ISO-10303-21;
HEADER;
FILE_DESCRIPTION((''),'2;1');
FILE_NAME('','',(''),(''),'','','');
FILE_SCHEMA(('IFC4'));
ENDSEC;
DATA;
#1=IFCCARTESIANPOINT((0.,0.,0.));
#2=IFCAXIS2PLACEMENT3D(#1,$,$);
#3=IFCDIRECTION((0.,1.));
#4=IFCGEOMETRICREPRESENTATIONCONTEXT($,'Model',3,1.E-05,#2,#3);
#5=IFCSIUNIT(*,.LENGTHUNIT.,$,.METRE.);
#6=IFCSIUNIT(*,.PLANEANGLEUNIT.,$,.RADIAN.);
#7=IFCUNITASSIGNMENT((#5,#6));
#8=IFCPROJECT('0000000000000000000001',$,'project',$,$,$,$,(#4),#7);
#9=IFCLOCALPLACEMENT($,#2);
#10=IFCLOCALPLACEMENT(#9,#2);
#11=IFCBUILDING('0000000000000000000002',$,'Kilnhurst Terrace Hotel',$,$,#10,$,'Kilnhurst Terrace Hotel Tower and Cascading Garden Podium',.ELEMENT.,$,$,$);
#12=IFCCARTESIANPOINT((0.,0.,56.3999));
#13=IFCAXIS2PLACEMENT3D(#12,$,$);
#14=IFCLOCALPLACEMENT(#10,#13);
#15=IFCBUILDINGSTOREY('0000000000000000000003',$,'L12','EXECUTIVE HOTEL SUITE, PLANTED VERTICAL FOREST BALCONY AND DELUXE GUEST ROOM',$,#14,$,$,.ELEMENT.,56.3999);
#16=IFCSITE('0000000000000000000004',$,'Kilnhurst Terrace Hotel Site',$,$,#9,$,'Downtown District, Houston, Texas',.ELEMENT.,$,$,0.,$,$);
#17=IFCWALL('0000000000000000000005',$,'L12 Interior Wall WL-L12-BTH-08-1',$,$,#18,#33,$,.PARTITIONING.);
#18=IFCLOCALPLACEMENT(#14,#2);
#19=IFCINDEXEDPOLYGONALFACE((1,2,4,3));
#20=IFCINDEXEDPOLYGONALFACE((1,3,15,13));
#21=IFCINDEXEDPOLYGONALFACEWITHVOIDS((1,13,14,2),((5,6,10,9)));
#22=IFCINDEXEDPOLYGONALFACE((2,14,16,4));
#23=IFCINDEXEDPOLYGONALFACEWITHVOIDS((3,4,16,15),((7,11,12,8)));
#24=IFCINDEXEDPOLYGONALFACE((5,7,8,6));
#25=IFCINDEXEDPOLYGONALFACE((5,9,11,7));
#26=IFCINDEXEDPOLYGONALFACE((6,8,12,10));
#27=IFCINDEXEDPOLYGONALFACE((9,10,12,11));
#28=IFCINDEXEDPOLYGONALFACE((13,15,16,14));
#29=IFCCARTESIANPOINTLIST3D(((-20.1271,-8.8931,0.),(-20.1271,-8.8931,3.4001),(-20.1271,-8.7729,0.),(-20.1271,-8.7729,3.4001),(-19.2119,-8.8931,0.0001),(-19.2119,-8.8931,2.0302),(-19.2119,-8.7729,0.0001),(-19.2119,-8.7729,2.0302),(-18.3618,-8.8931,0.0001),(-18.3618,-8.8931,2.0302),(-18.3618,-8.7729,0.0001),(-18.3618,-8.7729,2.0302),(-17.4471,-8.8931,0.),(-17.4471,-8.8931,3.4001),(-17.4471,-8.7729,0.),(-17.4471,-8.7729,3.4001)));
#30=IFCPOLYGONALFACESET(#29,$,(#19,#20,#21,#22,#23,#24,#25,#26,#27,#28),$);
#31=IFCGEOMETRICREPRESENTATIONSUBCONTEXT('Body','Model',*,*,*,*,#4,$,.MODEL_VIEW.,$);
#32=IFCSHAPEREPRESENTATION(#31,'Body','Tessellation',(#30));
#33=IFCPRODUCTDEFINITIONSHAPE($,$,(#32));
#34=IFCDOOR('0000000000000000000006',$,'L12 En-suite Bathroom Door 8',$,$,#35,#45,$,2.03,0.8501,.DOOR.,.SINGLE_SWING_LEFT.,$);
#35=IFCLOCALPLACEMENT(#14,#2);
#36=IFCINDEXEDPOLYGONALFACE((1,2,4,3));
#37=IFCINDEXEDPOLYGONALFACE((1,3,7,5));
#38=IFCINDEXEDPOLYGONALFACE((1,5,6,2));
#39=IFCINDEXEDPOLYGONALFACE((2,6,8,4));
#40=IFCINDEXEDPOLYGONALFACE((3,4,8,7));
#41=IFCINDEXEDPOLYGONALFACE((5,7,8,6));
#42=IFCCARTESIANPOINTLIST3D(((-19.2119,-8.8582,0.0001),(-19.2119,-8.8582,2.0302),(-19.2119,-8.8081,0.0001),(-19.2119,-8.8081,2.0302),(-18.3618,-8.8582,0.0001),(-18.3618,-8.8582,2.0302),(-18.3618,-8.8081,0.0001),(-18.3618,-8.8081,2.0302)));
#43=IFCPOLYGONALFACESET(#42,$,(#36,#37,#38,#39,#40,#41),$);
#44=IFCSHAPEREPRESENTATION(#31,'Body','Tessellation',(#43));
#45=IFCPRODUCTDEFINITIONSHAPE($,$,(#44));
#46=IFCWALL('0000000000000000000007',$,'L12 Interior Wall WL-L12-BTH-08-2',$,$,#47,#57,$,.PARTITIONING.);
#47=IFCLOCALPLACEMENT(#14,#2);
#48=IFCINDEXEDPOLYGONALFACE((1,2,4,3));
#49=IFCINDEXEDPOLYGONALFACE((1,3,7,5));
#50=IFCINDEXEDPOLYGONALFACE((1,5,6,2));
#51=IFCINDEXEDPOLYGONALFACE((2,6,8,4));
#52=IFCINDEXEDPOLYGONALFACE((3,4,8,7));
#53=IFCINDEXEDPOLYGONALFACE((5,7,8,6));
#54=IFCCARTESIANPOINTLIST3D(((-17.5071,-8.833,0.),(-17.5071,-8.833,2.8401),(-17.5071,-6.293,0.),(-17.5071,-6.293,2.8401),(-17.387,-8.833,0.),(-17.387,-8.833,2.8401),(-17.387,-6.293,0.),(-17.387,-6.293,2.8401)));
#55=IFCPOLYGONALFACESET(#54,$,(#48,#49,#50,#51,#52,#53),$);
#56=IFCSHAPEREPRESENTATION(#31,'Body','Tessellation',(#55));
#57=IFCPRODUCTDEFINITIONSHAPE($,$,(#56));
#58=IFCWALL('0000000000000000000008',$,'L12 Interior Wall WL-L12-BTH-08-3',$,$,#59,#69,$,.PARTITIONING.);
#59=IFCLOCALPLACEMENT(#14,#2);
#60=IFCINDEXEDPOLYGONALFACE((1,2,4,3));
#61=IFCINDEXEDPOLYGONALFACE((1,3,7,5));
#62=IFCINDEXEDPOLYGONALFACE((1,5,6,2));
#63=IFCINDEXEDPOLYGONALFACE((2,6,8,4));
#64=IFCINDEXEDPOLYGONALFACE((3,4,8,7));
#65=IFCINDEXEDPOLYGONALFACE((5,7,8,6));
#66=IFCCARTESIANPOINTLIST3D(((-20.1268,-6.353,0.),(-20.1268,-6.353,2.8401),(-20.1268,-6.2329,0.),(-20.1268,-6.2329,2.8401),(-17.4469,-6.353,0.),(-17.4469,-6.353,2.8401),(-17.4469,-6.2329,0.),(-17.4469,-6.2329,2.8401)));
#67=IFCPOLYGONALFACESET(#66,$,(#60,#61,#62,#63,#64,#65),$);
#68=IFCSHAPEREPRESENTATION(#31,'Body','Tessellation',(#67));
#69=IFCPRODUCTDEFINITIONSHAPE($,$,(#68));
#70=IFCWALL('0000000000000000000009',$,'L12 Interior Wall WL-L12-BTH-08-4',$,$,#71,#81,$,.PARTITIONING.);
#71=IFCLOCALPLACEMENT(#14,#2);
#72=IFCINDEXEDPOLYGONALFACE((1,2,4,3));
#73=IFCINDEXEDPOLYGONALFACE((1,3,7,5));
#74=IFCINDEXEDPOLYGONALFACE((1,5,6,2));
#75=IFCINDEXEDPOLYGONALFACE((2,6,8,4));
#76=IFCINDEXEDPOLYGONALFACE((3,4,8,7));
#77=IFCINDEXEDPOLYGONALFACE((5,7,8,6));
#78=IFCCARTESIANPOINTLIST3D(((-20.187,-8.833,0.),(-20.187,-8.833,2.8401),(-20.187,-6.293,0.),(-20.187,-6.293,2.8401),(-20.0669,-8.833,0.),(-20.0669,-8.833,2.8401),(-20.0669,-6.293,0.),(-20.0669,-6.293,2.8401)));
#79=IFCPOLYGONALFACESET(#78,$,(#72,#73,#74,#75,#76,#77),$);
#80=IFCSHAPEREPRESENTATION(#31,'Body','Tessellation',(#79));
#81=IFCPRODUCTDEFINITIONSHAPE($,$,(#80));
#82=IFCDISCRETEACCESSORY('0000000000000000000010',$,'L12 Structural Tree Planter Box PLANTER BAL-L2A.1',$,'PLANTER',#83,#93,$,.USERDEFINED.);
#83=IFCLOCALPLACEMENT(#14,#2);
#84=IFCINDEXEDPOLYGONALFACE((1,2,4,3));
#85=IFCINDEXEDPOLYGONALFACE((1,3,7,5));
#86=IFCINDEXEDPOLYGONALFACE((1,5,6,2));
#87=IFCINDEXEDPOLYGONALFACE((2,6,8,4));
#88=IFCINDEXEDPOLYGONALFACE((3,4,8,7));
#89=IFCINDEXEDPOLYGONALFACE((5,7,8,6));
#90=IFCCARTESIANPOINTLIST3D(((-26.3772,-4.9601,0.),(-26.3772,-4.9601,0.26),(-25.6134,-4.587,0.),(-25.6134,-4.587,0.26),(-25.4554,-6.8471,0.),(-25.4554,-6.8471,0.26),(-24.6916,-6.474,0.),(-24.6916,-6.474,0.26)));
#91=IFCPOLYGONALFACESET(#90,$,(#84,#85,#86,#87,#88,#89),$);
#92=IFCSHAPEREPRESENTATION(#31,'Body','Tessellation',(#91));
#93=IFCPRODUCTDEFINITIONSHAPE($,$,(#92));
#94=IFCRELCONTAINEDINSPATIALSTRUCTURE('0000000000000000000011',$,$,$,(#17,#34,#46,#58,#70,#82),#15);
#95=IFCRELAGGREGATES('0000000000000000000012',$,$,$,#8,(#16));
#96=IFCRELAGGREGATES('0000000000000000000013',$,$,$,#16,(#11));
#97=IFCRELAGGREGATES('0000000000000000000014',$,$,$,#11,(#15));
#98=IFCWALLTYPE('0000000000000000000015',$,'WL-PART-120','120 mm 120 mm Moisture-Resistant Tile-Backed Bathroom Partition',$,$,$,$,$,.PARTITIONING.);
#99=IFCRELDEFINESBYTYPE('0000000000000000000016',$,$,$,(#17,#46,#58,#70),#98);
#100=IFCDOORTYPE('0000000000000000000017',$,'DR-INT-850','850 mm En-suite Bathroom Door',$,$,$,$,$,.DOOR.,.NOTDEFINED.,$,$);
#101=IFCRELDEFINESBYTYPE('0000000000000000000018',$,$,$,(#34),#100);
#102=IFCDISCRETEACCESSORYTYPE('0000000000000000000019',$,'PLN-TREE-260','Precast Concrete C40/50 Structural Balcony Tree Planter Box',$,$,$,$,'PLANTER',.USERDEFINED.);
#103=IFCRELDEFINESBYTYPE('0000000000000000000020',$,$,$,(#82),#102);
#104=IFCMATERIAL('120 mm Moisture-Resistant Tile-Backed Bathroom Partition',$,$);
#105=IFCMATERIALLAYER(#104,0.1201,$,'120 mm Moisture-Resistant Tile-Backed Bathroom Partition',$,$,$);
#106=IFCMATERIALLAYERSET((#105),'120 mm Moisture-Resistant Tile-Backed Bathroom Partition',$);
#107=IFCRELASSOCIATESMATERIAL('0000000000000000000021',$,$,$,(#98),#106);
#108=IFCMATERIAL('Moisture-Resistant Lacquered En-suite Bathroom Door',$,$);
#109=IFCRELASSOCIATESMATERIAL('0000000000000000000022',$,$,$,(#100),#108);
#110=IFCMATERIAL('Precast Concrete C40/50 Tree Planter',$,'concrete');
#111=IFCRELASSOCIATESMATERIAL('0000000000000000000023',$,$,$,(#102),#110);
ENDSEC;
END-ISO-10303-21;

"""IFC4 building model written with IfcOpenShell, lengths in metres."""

from ifc_helpers import new_model, si_unit, direction, frame, frame_2d, origin, origin_2d, place, context, subcontext, project, spatial, rectangle, extrude, material, layer, layer_set, type_object, element, fill, save


model = new_model("IFC4")

# Units and contexts
model_context = context("Model", 3, precision=1e-05, world=origin(), true_north=direction((0.0, 1.0)))
body_context = subcontext(model_context, "Body", "Model", "MODEL_VIEW")
ifc_project = project(units=[si_unit("LENGTHUNIT", "METRE"), si_unit("PLANEANGLEUNIT", "RADIAN")], contexts=[model_context])

# Site, building, storey
site_placement = place(None, origin())
site = spatial("IfcSite", under=ifc_project, at=site_placement, Name="Kilnhurst Terrace Hotel Site", LongName="Downtown District, Houston, Texas", CompositionType="ELEMENT", RefElevation=0.0)
building_placement = place(site_placement, origin())
building = spatial("IfcBuilding", under=site, at=building_placement, Name="Kilnhurst Terrace Hotel", LongName="Kilnhurst Terrace Hotel Tower and Cascading Garden Podium", CompositionType="ELEMENT")
storey_placement = place(building_placement, frame((0.0, 0.0, 56.3999)))
storey = spatial("IfcBuildingStorey", under=building, at=storey_placement, Name="L12", Description="EXECUTIVE HOTEL SUITE, PLANTED VERTICAL FOREST BALCONY AND DELUXE GUEST ROOM", CompositionType="ELEMENT", Elevation=56.3999)

# Shared definitions
ifc_material_1 = material(Name="120 mm Moisture-Resistant Tile-Backed Bathroom Partition")
ifc_layer_1 = layer(ifc_material_1, 0.1201, Name="120 mm Moisture-Resistant Tile-Backed Bathroom Partition")
ifc_layer_set_1 = layer_set([ifc_layer_1], Name="120 mm Moisture-Resistant Tile-Backed Bathroom Partition")
wall_type_1 = type_object("IfcWallType", Name="WL-PART-120", Description="120 mm 120 mm Moisture-Resistant Tile-Backed Bathroom Partition", PredefinedType="PARTITIONING", material=ifc_layer_set_1)
ifc_material_2 = material(Name="Moisture-Resistant Lacquered En-suite Bathroom Door")
door_type_1 = type_object("IfcDoorType", Name="DR-INT-850", Description="850 mm En-suite Bathroom Door", OperationType="NOTDEFINED", PredefinedType="DOOR", material=ifc_material_2)

# Wall, opening, door
wall_1_placement = place(storey_placement, frame((-20.127, -8.833, 0.0), z_axis=(0.0, 0.0, 1.0), x_axis=(1.0, 0.0, 0.0)))
wall_1 = element("IfcWall", 1, at=wall_1_placement, inside=storey, type_object=wall_type_1, Name="L12 Interior Wall WL-L12-BTH-08-1", PredefinedType="PARTITIONING", context=body_context, shape_type="SweptSolid", body=[
    extrude(rectangle(XDim=2.6799, YDim=0.1201, at=frame_2d((1.3398, 0.0))), origin(), (0.0, 0.0, 1.0), 3.4001),
])
opening_1_placement = place(wall_1_placement, frame((0.915, 0.0, 0.0)))
opening_1 = element("IfcOpeningElement", 2, at=opening_1_placement, cuts=wall_1, PredefinedType="OPENING", context=body_context, shape_type="SweptSolid", body=[
    extrude(rectangle(XDim=0.8501, YDim=2.03, at=frame_2d((0.425, 1.0151))), frame((0.0, 0.0701, 0.0), z_axis=(0.0, -1.0, 0.0), x_axis=(1.0, 0.0, 0.0)), (0.0, 0.0, 1.0), 0.1401),
])
door_1_placement = place(opening_1_placement, origin())
door_1 = element("IfcDoor", 3, at=door_1_placement, inside=storey, type_object=door_type_1, Name="L12 En-suite Bathroom Door 8", OperationType="SINGLE_SWING_LEFT", OverallHeight=2.03, OverallWidth=0.8501, PredefinedType="DOOR", context=body_context, shape_type="SweptSolid", body=[
    extrude(rectangle(XDim=0.8501, YDim=2.03, at=frame_2d((0.425, 1.0151))), frame((0.0, 0.0249, 0.0), z_axis=(0.0, -1.0, 0.0), x_axis=(1.0, 0.0, 0.0)), (0.0, 0.0, 1.0), 0.05),
])
fill(opening_1, door_1)

# Walls
wall_2_placement = place(storey_placement, frame((-17.447, -8.833, 0.0), z_axis=(0.0, 0.0, 1.0), x_axis=(0.0, 1.0, 0.0)))
element("IfcWall", 4, at=wall_2_placement, inside=storey, type_object=wall_type_1, Name="L12 Interior Wall WL-L12-BTH-08-2", PredefinedType="PARTITIONING", context=body_context, shape_type="SweptSolid", body=[
    extrude(rectangle(XDim=2.54, YDim=0.1201, at=frame_2d((1.27, 0.0))), origin(), (0.0, 0.0, 1.0), 2.8401),
])
wall_3_placement = place(storey_placement, frame((-17.447, -6.293, 0.0), z_axis=(0.0, 0.0, 1.0), x_axis=(-1.0, 0.0, 0.0)))
element("IfcWall", 5, at=wall_3_placement, inside=storey, type_object=wall_type_1, Name="L12 Interior Wall WL-L12-BTH-08-3", PredefinedType="PARTITIONING", context=body_context, shape_type="SweptSolid", body=[
    extrude(rectangle(XDim=2.6799, YDim=0.1201, at=frame_2d((1.3398, 0.0))), origin(), (0.0, 0.0, 1.0), 2.8401),
])
wall_4_placement = place(storey_placement, frame((-20.127, -6.293, 0.0), z_axis=(0.0, 0.0, 1.0), x_axis=(0.0, -1.0, 0.0)))
element("IfcWall", 6, at=wall_4_placement, inside=storey, type_object=wall_type_1, Name="L12 Interior Wall WL-L12-BTH-08-4", PredefinedType="PARTITIONING", context=body_context, shape_type="SweptSolid", body=[
    extrude(rectangle(XDim=2.54, YDim=0.1201, at=frame_2d((1.27, 0.0))), origin(), (0.0, 0.0, 1.0), 2.8401),
])

# Discrete accessory
ifc_material_3 = material(Name="Precast Concrete C40/50 Tree Planter", Category="concrete")
discrete_accessory_type = type_object("IfcDiscreteAccessoryType", Name="PLN-TREE-260", Description="Precast Concrete C40/50 Structural Balcony Tree Planter Box", ElementType="PLANTER", PredefinedType="USERDEFINED", material=ifc_material_3)
discrete_accessory_placement = place(storey_placement, frame((-25.5344, -5.717, 0.0), z_axis=(0.0, 0.0, 1.0), x_axis=(0.438936, -0.898518, 0.0)))
element("IfcDiscreteAccessory", 7, at=discrete_accessory_placement, inside=storey, type_object=discrete_accessory_type, Name="L12 Structural Tree Planter Box PLANTER BAL-L2A.1", ObjectType="PLANTER", PredefinedType="USERDEFINED", context=body_context, shape_type="SweptSolid", body=[
    extrude(rectangle(XDim=2.1001, YDim=0.8501, at=origin_2d()), origin(), (0.0, 0.0, 1.0), 0.26),
])

save(model, "model.ifc")
